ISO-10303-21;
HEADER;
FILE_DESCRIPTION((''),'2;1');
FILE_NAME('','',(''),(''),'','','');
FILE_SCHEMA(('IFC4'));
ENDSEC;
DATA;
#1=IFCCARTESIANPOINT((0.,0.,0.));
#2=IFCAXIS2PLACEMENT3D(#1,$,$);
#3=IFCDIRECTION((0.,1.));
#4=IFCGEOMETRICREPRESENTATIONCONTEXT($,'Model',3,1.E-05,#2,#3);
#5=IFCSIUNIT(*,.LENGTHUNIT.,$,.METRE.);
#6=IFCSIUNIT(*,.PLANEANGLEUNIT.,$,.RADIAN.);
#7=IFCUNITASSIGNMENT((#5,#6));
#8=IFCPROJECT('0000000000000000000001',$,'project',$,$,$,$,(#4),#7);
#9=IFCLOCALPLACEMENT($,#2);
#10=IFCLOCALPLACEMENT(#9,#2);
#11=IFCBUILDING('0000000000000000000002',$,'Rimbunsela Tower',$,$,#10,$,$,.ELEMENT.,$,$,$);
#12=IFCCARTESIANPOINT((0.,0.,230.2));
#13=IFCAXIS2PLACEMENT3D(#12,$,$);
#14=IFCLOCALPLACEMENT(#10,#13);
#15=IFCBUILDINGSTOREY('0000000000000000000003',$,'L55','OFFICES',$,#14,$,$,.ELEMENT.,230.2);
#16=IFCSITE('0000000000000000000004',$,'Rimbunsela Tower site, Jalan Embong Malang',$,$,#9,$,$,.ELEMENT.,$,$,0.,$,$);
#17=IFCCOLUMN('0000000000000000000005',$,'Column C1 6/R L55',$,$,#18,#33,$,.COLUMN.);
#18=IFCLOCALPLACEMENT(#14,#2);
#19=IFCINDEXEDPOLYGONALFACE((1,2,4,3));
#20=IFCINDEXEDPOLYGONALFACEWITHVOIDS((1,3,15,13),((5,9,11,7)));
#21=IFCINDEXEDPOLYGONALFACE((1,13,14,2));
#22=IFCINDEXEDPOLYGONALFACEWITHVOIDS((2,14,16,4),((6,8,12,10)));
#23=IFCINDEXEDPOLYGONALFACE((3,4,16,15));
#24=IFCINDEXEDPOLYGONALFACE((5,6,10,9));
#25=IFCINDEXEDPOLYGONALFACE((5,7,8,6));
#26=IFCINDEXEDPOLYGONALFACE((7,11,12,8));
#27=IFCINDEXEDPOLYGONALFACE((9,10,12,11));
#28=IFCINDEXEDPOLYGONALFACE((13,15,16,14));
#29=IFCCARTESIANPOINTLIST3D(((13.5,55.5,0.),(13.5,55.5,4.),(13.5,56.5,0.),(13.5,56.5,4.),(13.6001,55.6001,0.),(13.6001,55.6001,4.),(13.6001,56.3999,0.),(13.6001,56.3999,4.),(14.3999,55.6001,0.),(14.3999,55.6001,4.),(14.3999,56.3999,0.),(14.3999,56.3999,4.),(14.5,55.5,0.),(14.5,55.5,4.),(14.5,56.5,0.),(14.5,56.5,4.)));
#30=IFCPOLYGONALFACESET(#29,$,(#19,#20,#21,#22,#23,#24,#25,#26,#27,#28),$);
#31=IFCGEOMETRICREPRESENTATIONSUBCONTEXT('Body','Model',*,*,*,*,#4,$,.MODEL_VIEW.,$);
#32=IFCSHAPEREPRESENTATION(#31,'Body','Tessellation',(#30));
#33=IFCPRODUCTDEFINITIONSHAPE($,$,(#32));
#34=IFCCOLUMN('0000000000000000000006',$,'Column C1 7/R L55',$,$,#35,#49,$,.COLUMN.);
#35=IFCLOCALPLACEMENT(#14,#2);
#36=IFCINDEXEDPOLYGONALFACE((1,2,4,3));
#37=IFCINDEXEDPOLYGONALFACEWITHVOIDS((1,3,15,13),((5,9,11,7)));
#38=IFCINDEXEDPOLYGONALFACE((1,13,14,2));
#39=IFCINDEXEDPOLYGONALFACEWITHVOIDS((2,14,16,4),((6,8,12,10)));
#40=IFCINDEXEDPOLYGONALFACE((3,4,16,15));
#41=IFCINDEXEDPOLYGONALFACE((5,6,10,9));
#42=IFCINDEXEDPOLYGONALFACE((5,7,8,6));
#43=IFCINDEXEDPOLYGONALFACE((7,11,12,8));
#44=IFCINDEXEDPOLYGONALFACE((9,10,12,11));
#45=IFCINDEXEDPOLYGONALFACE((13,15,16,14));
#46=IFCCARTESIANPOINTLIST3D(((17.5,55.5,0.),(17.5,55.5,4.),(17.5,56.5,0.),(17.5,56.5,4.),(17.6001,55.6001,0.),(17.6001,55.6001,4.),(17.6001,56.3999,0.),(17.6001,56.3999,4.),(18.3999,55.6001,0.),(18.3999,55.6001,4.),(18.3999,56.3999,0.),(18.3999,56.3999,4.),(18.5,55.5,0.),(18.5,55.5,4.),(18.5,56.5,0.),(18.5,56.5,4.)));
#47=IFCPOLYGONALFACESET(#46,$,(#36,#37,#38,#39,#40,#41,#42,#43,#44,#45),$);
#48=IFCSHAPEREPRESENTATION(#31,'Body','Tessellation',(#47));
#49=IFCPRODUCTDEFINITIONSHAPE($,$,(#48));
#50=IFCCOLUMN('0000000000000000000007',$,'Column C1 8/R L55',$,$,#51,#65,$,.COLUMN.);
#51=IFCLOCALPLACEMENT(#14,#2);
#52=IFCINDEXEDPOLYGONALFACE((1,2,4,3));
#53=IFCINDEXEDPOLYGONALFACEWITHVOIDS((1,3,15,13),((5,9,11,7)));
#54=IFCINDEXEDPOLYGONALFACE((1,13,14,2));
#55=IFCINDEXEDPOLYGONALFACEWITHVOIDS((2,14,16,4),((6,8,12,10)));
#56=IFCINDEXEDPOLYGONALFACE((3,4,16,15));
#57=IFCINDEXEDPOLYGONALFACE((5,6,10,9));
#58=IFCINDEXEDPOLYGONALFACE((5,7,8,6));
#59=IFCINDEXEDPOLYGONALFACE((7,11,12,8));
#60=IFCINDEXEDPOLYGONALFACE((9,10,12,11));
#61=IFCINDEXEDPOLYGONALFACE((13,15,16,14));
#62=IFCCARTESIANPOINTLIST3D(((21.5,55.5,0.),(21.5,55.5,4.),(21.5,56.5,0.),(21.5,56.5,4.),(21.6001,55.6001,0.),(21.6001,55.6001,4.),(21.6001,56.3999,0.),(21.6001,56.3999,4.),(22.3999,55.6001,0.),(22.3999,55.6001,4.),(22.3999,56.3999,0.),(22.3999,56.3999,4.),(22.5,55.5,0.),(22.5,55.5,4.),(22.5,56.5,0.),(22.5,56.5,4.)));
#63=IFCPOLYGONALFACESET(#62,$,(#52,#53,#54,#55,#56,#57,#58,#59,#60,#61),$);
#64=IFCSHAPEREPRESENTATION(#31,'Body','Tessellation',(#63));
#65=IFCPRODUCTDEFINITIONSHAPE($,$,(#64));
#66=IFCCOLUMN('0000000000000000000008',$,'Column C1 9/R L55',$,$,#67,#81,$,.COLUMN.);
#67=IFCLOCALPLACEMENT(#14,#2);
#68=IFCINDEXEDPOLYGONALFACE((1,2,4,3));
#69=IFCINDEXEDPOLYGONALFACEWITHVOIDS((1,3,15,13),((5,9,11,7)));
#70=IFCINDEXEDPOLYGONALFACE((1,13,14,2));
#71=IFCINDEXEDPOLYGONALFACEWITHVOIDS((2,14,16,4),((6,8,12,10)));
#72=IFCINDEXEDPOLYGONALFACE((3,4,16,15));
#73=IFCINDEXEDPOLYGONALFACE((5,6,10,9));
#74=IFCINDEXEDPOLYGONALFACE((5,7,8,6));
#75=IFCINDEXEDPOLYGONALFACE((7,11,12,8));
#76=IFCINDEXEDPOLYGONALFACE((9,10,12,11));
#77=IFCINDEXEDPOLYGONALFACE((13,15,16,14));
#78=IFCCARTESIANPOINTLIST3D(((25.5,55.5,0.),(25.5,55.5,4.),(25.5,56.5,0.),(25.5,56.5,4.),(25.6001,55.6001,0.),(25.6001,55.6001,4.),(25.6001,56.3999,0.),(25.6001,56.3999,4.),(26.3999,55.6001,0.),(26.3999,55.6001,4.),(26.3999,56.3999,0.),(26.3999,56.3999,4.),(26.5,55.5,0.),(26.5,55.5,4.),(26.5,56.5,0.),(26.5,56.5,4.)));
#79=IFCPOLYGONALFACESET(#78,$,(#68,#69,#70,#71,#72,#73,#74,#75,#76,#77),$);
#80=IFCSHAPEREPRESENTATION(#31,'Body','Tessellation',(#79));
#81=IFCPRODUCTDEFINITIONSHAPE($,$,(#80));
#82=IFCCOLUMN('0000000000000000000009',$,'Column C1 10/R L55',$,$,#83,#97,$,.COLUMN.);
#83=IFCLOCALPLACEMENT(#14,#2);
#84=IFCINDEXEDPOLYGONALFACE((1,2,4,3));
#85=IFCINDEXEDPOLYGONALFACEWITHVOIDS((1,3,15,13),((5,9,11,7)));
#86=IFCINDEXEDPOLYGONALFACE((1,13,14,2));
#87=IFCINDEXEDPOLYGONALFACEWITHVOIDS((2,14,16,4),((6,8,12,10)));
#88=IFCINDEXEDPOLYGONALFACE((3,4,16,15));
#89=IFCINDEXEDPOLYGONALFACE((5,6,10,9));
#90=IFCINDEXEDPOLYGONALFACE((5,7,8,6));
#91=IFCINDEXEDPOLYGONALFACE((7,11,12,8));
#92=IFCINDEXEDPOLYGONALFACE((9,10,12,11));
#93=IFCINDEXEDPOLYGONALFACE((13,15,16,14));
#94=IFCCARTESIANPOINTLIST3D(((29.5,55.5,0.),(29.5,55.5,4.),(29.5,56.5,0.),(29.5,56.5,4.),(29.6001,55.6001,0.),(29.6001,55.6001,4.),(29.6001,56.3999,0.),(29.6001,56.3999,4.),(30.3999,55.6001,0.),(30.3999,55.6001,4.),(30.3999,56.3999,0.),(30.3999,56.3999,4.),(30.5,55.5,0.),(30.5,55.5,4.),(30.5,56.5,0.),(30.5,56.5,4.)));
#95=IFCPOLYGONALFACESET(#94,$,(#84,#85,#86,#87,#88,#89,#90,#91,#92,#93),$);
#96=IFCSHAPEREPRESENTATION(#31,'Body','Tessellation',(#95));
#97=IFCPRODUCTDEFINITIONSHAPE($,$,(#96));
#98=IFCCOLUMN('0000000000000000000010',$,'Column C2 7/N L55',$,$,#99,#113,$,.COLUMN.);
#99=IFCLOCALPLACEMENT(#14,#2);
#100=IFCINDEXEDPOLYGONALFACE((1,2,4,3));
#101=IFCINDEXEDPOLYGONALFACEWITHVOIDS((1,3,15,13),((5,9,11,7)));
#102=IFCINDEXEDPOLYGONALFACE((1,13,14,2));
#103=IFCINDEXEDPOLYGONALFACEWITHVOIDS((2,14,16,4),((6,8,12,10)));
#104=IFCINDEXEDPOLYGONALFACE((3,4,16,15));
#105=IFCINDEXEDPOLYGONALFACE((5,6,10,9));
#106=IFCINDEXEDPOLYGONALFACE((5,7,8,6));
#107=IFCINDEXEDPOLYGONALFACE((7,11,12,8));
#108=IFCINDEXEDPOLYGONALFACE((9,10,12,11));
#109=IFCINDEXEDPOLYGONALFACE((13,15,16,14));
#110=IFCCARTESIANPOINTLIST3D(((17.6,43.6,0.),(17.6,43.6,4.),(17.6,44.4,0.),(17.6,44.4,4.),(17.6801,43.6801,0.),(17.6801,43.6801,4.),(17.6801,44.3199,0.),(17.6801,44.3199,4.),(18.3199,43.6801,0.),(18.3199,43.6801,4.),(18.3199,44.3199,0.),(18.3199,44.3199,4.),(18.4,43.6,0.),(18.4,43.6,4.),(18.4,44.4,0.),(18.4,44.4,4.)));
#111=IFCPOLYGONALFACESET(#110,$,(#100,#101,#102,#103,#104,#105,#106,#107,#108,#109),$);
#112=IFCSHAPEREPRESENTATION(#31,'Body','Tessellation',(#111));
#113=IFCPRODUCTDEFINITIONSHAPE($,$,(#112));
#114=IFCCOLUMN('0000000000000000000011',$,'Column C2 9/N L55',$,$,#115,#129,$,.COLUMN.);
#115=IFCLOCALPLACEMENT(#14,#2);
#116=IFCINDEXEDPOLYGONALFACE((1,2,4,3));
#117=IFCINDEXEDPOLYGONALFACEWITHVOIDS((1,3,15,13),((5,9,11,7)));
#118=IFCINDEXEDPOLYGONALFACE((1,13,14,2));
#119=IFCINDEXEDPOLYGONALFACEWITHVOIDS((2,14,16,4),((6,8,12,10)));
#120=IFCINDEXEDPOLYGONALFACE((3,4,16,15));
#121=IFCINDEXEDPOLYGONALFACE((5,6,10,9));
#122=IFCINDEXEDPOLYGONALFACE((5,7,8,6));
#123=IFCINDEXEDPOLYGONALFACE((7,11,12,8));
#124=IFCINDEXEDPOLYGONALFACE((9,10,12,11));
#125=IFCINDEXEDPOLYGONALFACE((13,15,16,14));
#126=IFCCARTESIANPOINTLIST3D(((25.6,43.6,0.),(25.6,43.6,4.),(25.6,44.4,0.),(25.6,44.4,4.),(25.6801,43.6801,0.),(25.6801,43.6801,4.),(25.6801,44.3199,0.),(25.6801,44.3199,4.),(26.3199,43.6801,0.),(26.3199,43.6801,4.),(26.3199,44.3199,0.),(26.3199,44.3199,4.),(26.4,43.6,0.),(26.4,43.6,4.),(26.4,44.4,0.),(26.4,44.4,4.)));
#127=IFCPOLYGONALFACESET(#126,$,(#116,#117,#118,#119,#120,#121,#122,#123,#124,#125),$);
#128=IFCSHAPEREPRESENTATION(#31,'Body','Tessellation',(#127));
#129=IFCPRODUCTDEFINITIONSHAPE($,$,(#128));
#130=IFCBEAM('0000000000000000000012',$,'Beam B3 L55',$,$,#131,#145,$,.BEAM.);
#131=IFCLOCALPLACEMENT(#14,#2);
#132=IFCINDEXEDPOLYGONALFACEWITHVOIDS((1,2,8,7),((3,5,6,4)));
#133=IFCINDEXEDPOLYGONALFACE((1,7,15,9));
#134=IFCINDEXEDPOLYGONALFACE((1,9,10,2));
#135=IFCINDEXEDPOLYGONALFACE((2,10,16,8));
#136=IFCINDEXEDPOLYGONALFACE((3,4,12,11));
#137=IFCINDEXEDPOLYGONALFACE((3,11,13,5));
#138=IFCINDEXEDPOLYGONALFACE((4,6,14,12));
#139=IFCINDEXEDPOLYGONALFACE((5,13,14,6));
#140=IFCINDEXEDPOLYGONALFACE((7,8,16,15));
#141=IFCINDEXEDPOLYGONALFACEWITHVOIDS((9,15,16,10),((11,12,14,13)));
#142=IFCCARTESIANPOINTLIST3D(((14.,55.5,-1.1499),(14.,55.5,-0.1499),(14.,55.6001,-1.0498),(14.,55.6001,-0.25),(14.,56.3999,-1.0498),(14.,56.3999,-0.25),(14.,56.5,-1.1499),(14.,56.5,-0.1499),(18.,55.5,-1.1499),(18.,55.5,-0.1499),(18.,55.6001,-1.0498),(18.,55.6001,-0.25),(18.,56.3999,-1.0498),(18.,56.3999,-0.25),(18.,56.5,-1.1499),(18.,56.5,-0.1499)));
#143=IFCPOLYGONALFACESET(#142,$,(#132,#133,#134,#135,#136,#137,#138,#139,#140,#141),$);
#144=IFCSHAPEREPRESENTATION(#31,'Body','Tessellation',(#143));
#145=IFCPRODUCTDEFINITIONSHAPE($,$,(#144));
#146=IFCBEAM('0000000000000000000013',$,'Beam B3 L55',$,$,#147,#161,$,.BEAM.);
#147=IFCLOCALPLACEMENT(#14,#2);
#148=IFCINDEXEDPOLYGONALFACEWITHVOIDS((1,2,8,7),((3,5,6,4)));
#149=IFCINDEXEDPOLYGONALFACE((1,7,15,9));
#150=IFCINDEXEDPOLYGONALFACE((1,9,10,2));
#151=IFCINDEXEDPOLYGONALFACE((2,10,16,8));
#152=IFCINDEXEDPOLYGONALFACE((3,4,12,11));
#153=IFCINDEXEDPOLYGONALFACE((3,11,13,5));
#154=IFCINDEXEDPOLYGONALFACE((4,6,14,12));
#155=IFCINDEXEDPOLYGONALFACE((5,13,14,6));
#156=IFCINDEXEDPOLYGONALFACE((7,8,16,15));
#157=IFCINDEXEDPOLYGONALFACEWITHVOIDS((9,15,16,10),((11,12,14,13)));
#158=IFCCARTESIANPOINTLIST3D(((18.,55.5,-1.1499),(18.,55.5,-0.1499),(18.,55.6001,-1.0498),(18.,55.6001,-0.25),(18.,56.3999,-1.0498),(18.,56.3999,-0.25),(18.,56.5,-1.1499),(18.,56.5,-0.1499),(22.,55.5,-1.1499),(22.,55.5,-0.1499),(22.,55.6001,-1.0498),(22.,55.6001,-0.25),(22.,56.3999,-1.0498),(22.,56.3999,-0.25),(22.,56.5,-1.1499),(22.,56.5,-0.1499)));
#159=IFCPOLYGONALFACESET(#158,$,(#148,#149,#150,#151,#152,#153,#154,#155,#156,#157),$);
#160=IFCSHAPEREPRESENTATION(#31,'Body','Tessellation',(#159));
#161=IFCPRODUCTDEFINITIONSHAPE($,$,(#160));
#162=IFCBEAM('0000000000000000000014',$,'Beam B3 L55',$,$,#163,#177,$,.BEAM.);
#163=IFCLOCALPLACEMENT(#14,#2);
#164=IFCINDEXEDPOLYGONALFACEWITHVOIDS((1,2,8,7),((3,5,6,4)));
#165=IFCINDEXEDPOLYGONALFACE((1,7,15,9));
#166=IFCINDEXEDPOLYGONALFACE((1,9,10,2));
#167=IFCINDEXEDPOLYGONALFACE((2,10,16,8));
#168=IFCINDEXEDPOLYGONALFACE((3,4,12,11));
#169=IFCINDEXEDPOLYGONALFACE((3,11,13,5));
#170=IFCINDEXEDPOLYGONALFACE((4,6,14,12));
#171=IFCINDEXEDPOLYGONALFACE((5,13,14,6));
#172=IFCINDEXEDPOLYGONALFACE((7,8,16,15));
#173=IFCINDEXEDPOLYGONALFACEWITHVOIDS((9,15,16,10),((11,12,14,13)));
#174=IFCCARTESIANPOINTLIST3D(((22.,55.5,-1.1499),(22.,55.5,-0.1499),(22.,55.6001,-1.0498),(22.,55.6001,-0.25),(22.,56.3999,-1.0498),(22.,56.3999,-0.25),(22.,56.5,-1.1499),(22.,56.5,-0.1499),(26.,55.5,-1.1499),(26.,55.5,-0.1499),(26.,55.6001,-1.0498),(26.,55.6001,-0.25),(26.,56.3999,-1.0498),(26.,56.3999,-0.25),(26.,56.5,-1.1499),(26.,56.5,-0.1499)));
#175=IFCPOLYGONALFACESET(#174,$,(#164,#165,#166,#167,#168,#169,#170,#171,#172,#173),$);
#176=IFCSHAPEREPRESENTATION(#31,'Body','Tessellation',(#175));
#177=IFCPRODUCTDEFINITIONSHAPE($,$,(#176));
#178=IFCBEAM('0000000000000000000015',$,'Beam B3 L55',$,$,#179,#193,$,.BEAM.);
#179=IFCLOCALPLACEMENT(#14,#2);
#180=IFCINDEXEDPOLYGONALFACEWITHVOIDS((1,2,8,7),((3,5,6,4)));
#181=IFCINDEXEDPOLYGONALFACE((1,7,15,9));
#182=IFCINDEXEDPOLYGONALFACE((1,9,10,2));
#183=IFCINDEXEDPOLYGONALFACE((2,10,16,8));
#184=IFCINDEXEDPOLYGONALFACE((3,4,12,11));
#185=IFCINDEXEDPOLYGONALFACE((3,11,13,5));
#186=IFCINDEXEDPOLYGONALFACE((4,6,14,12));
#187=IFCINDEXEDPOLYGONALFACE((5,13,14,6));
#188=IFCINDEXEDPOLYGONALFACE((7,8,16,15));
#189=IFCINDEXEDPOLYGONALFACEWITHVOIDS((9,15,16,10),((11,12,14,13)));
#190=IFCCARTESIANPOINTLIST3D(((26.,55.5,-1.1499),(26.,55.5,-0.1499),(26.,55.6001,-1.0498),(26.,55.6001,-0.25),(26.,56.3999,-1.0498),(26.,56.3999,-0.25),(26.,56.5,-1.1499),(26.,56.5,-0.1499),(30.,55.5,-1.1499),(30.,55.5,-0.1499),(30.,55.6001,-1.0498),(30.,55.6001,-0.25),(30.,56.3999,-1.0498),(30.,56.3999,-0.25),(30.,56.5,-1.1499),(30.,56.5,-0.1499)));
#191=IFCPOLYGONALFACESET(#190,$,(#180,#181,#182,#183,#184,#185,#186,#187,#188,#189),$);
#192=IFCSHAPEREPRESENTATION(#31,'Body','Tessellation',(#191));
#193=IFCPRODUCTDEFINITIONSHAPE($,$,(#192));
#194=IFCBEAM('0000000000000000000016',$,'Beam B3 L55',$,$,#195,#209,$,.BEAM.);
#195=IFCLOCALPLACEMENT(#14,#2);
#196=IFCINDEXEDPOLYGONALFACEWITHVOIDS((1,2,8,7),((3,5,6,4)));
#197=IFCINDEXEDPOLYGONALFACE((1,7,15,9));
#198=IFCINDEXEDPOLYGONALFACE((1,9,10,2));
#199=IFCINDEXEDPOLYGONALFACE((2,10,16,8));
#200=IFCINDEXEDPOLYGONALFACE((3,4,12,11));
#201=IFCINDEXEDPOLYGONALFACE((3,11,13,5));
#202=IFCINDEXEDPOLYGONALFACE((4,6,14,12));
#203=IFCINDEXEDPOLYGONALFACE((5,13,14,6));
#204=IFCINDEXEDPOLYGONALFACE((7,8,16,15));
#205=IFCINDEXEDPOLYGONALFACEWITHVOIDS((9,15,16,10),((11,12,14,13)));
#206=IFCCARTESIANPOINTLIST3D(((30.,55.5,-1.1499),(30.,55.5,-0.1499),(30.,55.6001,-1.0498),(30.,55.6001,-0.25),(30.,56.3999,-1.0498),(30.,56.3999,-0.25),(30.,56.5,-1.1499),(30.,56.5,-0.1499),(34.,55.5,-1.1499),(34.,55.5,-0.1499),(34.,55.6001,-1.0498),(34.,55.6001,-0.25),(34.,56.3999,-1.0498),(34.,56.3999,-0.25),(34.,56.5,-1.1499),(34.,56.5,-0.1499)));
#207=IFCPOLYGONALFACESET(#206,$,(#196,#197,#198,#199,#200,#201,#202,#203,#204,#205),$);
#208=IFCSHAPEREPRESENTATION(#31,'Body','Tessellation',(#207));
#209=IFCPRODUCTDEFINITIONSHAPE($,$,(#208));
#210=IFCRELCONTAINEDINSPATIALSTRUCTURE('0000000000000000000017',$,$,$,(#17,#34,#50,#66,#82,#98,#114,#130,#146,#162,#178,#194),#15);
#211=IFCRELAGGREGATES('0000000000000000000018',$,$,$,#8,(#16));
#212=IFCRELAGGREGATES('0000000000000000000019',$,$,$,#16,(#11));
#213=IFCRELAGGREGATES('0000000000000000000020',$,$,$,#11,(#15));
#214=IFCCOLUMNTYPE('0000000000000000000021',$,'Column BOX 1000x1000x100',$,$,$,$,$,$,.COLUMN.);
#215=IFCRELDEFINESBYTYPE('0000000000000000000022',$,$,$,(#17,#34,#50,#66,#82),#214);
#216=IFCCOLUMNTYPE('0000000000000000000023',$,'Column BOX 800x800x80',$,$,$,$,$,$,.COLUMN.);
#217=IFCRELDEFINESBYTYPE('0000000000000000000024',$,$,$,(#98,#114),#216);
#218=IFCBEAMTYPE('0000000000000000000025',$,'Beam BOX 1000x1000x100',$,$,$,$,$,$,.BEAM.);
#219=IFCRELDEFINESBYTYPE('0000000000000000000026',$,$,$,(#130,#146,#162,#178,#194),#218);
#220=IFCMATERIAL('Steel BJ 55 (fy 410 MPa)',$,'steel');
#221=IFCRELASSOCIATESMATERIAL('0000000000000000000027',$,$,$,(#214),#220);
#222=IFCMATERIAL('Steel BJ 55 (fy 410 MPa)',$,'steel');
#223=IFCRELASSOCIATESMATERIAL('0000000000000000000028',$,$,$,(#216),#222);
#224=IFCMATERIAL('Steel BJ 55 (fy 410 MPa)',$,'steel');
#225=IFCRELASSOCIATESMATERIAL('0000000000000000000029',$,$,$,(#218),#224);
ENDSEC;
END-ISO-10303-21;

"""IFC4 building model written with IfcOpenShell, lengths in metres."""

from ifc_helpers import new_model, si_unit, direction, frame, origin, origin_2d, place, context, subcontext, project, spatial, hollow_rectangle, extrude, material, material_profile, profile_set, type_object, element, save


model = new_model("IFC4")

# Units and contexts
model_context = context("Model", 3, precision=1e-05, world=origin(), true_north=direction((0.0, 1.0)))
body_context = subcontext(model_context, "Body", "Model", "MODEL_VIEW")
ifc_project = project(units=[si_unit("LENGTHUNIT", "METRE"), si_unit("PLANEANGLEUNIT", "RADIAN")], contexts=[model_context])

# Site, building, storey
site_placement = place(None, origin())
site = spatial("IfcSite", under=ifc_project, at=site_placement, Name="Rimbunsela Tower site, Jalan Embong Malang", CompositionType="ELEMENT", RefElevation=0.0)
building_placement = place(site_placement, origin())
building = spatial("IfcBuilding", under=site, at=building_placement, Name="Rimbunsela Tower", CompositionType="ELEMENT")
storey_placement = place(building_placement, frame((0.0, 0.0, 230.2)))
storey = spatial("IfcBuildingStorey", under=building, at=storey_placement, Name="L55", Description="OFFICES", CompositionType="ELEMENT", Elevation=230.2)

# Columns
ifc_material_1 = material(Name="Steel BJ 55 (fy 410 MPa)", Category="steel")
ifc_material_profile_1 = material_profile(ifc_material_1, hollow_rectangle(XDim=1.0, YDim=1.0, WallThickness=0.1001, at=origin_2d()), Name="BOX 1000x1000x100")
ifc_profile_set_1 = profile_set([ifc_material_profile_1], Name="Steel BJ 55 (fy 410 MPa)")
column_type_1 = type_object("IfcColumnType", Name="Column BOX 1000x1000x100", PredefinedType="COLUMN", material=ifc_profile_set_1)
for number, where, z_axis, x_axis, name in (
    (1, (14.0, 56.0, 0.0), (0.0, 0.0, 1.0), (1.0, 0.0, 0.0), "Column C1 6/R L55"),
    (2, (18.0, 56.0, 0.0), (0.0, 0.0, 1.0), (1.0, 0.0, 0.0), "Column C1 7/R L55"),
    (3, (22.0, 56.0, 0.0), (0.0, 0.0, 1.0), (1.0, 0.0, 0.0), "Column C1 8/R L55"),
    (4, (26.0, 56.0, 0.0), (0.0, 0.0, 1.0), (1.0, 0.0, 0.0), "Column C1 9/R L55"),
    (5, (30.0, 56.0, 0.0), (0.0, 0.0, 1.0), (1.0, 0.0, 0.0), "Column C1 10/R L55"),
):
    element("IfcColumn", number, at=place(storey_placement, frame(where, z_axis=z_axis, x_axis=x_axis)), inside=storey, type_object=column_type_1, Name=name, PredefinedType="COLUMN", context=body_context, shape_type="SweptSolid", body=[
        extrude(hollow_rectangle(XDim=1.0, YDim=1.0, WallThickness=0.1001, at=origin_2d()), origin(), (0.0, 0.0, 1.0), 4.0),
    ])
ifc_material_2 = material(Name="Steel BJ 55 (fy 410 MPa)", Category="steel")
ifc_material_profile_2 = material_profile(ifc_material_2, hollow_rectangle(XDim=0.8, YDim=0.8, WallThickness=0.0801, at=origin_2d()), Name="BOX 800x800x80")
ifc_profile_set_2 = profile_set([ifc_material_profile_2], Name="Steel BJ 55 (fy 410 MPa)")
column_type_2 = type_object("IfcColumnType", Name="Column BOX 800x800x80", PredefinedType="COLUMN", material=ifc_profile_set_2)
for number, where, z_axis, x_axis, name in (
    (6, (18.0, 44.0, 0.0), (0.0, 0.0, 1.0), (1.0, 0.0, 0.0), "Column C2 7/N L55"),
    (7, (26.0, 44.0, 0.0), (0.0, 0.0, 1.0), (1.0, 0.0, 0.0), "Column C2 9/N L55"),
):
    element("IfcColumn", number, at=place(storey_placement, frame(where, z_axis=z_axis, x_axis=x_axis)), inside=storey, type_object=column_type_2, Name=name, PredefinedType="COLUMN", context=body_context, shape_type="SweptSolid", body=[
        extrude(hollow_rectangle(XDim=0.8, YDim=0.8, WallThickness=0.0801, at=origin_2d()), origin(), (0.0, 0.0, 1.0), 4.0),
    ])

# Beams
ifc_material_3 = material(Name="Steel BJ 55 (fy 410 MPa)", Category="steel")
ifc_material_profile_3 = material_profile(ifc_material_3, hollow_rectangle(XDim=1.0, YDim=1.0, WallThickness=0.1001, at=origin_2d()), Name="BOX 1000x1000x100")
ifc_profile_set_3 = profile_set([ifc_material_profile_3], Name="Steel BJ 55 (fy 410 MPa)")
beam_type_1 = type_object("IfcBeamType", Name="Beam BOX 1000x1000x100", PredefinedType="BEAM", material=ifc_profile_set_3)
for number, where, z_axis, x_axis, name in (
    (8, (14.0, 56.0, -0.6499), (1.0, 0.0, 0.0), (0.0, 1.0, 0.0), "Beam B3 L55"),
    (9, (18.0, 56.0, -0.6499), (1.0, 0.0, 0.0), (0.0, 1.0, 0.0), "Beam B3 L55"),
    (10, (22.0, 56.0, -0.6499), (1.0, 0.0, 0.0), (0.0, 1.0, 0.0), "Beam B3 L55"),
    (11, (26.0, 56.0, -0.6499), (1.0, 0.0, 0.0), (0.0, 1.0, 0.0), "Beam B3 L55"),
    (12, (30.0, 56.0, -0.6499), (1.0, 0.0, 0.0), (0.0, 1.0, 0.0), "Beam B3 L55"),
):
    element("IfcBeam", number, at=place(storey_placement, frame(where, z_axis=z_axis, x_axis=x_axis)), inside=storey, type_object=beam_type_1, Name=name, PredefinedType="BEAM", context=body_context, shape_type="SweptSolid", body=[
        extrude(hollow_rectangle(XDim=1.0, YDim=1.0, WallThickness=0.1001, at=origin_2d()), origin(), (0.0, 0.0, 1.0), 4.0),
    ])

save(model, "model.ifc")
